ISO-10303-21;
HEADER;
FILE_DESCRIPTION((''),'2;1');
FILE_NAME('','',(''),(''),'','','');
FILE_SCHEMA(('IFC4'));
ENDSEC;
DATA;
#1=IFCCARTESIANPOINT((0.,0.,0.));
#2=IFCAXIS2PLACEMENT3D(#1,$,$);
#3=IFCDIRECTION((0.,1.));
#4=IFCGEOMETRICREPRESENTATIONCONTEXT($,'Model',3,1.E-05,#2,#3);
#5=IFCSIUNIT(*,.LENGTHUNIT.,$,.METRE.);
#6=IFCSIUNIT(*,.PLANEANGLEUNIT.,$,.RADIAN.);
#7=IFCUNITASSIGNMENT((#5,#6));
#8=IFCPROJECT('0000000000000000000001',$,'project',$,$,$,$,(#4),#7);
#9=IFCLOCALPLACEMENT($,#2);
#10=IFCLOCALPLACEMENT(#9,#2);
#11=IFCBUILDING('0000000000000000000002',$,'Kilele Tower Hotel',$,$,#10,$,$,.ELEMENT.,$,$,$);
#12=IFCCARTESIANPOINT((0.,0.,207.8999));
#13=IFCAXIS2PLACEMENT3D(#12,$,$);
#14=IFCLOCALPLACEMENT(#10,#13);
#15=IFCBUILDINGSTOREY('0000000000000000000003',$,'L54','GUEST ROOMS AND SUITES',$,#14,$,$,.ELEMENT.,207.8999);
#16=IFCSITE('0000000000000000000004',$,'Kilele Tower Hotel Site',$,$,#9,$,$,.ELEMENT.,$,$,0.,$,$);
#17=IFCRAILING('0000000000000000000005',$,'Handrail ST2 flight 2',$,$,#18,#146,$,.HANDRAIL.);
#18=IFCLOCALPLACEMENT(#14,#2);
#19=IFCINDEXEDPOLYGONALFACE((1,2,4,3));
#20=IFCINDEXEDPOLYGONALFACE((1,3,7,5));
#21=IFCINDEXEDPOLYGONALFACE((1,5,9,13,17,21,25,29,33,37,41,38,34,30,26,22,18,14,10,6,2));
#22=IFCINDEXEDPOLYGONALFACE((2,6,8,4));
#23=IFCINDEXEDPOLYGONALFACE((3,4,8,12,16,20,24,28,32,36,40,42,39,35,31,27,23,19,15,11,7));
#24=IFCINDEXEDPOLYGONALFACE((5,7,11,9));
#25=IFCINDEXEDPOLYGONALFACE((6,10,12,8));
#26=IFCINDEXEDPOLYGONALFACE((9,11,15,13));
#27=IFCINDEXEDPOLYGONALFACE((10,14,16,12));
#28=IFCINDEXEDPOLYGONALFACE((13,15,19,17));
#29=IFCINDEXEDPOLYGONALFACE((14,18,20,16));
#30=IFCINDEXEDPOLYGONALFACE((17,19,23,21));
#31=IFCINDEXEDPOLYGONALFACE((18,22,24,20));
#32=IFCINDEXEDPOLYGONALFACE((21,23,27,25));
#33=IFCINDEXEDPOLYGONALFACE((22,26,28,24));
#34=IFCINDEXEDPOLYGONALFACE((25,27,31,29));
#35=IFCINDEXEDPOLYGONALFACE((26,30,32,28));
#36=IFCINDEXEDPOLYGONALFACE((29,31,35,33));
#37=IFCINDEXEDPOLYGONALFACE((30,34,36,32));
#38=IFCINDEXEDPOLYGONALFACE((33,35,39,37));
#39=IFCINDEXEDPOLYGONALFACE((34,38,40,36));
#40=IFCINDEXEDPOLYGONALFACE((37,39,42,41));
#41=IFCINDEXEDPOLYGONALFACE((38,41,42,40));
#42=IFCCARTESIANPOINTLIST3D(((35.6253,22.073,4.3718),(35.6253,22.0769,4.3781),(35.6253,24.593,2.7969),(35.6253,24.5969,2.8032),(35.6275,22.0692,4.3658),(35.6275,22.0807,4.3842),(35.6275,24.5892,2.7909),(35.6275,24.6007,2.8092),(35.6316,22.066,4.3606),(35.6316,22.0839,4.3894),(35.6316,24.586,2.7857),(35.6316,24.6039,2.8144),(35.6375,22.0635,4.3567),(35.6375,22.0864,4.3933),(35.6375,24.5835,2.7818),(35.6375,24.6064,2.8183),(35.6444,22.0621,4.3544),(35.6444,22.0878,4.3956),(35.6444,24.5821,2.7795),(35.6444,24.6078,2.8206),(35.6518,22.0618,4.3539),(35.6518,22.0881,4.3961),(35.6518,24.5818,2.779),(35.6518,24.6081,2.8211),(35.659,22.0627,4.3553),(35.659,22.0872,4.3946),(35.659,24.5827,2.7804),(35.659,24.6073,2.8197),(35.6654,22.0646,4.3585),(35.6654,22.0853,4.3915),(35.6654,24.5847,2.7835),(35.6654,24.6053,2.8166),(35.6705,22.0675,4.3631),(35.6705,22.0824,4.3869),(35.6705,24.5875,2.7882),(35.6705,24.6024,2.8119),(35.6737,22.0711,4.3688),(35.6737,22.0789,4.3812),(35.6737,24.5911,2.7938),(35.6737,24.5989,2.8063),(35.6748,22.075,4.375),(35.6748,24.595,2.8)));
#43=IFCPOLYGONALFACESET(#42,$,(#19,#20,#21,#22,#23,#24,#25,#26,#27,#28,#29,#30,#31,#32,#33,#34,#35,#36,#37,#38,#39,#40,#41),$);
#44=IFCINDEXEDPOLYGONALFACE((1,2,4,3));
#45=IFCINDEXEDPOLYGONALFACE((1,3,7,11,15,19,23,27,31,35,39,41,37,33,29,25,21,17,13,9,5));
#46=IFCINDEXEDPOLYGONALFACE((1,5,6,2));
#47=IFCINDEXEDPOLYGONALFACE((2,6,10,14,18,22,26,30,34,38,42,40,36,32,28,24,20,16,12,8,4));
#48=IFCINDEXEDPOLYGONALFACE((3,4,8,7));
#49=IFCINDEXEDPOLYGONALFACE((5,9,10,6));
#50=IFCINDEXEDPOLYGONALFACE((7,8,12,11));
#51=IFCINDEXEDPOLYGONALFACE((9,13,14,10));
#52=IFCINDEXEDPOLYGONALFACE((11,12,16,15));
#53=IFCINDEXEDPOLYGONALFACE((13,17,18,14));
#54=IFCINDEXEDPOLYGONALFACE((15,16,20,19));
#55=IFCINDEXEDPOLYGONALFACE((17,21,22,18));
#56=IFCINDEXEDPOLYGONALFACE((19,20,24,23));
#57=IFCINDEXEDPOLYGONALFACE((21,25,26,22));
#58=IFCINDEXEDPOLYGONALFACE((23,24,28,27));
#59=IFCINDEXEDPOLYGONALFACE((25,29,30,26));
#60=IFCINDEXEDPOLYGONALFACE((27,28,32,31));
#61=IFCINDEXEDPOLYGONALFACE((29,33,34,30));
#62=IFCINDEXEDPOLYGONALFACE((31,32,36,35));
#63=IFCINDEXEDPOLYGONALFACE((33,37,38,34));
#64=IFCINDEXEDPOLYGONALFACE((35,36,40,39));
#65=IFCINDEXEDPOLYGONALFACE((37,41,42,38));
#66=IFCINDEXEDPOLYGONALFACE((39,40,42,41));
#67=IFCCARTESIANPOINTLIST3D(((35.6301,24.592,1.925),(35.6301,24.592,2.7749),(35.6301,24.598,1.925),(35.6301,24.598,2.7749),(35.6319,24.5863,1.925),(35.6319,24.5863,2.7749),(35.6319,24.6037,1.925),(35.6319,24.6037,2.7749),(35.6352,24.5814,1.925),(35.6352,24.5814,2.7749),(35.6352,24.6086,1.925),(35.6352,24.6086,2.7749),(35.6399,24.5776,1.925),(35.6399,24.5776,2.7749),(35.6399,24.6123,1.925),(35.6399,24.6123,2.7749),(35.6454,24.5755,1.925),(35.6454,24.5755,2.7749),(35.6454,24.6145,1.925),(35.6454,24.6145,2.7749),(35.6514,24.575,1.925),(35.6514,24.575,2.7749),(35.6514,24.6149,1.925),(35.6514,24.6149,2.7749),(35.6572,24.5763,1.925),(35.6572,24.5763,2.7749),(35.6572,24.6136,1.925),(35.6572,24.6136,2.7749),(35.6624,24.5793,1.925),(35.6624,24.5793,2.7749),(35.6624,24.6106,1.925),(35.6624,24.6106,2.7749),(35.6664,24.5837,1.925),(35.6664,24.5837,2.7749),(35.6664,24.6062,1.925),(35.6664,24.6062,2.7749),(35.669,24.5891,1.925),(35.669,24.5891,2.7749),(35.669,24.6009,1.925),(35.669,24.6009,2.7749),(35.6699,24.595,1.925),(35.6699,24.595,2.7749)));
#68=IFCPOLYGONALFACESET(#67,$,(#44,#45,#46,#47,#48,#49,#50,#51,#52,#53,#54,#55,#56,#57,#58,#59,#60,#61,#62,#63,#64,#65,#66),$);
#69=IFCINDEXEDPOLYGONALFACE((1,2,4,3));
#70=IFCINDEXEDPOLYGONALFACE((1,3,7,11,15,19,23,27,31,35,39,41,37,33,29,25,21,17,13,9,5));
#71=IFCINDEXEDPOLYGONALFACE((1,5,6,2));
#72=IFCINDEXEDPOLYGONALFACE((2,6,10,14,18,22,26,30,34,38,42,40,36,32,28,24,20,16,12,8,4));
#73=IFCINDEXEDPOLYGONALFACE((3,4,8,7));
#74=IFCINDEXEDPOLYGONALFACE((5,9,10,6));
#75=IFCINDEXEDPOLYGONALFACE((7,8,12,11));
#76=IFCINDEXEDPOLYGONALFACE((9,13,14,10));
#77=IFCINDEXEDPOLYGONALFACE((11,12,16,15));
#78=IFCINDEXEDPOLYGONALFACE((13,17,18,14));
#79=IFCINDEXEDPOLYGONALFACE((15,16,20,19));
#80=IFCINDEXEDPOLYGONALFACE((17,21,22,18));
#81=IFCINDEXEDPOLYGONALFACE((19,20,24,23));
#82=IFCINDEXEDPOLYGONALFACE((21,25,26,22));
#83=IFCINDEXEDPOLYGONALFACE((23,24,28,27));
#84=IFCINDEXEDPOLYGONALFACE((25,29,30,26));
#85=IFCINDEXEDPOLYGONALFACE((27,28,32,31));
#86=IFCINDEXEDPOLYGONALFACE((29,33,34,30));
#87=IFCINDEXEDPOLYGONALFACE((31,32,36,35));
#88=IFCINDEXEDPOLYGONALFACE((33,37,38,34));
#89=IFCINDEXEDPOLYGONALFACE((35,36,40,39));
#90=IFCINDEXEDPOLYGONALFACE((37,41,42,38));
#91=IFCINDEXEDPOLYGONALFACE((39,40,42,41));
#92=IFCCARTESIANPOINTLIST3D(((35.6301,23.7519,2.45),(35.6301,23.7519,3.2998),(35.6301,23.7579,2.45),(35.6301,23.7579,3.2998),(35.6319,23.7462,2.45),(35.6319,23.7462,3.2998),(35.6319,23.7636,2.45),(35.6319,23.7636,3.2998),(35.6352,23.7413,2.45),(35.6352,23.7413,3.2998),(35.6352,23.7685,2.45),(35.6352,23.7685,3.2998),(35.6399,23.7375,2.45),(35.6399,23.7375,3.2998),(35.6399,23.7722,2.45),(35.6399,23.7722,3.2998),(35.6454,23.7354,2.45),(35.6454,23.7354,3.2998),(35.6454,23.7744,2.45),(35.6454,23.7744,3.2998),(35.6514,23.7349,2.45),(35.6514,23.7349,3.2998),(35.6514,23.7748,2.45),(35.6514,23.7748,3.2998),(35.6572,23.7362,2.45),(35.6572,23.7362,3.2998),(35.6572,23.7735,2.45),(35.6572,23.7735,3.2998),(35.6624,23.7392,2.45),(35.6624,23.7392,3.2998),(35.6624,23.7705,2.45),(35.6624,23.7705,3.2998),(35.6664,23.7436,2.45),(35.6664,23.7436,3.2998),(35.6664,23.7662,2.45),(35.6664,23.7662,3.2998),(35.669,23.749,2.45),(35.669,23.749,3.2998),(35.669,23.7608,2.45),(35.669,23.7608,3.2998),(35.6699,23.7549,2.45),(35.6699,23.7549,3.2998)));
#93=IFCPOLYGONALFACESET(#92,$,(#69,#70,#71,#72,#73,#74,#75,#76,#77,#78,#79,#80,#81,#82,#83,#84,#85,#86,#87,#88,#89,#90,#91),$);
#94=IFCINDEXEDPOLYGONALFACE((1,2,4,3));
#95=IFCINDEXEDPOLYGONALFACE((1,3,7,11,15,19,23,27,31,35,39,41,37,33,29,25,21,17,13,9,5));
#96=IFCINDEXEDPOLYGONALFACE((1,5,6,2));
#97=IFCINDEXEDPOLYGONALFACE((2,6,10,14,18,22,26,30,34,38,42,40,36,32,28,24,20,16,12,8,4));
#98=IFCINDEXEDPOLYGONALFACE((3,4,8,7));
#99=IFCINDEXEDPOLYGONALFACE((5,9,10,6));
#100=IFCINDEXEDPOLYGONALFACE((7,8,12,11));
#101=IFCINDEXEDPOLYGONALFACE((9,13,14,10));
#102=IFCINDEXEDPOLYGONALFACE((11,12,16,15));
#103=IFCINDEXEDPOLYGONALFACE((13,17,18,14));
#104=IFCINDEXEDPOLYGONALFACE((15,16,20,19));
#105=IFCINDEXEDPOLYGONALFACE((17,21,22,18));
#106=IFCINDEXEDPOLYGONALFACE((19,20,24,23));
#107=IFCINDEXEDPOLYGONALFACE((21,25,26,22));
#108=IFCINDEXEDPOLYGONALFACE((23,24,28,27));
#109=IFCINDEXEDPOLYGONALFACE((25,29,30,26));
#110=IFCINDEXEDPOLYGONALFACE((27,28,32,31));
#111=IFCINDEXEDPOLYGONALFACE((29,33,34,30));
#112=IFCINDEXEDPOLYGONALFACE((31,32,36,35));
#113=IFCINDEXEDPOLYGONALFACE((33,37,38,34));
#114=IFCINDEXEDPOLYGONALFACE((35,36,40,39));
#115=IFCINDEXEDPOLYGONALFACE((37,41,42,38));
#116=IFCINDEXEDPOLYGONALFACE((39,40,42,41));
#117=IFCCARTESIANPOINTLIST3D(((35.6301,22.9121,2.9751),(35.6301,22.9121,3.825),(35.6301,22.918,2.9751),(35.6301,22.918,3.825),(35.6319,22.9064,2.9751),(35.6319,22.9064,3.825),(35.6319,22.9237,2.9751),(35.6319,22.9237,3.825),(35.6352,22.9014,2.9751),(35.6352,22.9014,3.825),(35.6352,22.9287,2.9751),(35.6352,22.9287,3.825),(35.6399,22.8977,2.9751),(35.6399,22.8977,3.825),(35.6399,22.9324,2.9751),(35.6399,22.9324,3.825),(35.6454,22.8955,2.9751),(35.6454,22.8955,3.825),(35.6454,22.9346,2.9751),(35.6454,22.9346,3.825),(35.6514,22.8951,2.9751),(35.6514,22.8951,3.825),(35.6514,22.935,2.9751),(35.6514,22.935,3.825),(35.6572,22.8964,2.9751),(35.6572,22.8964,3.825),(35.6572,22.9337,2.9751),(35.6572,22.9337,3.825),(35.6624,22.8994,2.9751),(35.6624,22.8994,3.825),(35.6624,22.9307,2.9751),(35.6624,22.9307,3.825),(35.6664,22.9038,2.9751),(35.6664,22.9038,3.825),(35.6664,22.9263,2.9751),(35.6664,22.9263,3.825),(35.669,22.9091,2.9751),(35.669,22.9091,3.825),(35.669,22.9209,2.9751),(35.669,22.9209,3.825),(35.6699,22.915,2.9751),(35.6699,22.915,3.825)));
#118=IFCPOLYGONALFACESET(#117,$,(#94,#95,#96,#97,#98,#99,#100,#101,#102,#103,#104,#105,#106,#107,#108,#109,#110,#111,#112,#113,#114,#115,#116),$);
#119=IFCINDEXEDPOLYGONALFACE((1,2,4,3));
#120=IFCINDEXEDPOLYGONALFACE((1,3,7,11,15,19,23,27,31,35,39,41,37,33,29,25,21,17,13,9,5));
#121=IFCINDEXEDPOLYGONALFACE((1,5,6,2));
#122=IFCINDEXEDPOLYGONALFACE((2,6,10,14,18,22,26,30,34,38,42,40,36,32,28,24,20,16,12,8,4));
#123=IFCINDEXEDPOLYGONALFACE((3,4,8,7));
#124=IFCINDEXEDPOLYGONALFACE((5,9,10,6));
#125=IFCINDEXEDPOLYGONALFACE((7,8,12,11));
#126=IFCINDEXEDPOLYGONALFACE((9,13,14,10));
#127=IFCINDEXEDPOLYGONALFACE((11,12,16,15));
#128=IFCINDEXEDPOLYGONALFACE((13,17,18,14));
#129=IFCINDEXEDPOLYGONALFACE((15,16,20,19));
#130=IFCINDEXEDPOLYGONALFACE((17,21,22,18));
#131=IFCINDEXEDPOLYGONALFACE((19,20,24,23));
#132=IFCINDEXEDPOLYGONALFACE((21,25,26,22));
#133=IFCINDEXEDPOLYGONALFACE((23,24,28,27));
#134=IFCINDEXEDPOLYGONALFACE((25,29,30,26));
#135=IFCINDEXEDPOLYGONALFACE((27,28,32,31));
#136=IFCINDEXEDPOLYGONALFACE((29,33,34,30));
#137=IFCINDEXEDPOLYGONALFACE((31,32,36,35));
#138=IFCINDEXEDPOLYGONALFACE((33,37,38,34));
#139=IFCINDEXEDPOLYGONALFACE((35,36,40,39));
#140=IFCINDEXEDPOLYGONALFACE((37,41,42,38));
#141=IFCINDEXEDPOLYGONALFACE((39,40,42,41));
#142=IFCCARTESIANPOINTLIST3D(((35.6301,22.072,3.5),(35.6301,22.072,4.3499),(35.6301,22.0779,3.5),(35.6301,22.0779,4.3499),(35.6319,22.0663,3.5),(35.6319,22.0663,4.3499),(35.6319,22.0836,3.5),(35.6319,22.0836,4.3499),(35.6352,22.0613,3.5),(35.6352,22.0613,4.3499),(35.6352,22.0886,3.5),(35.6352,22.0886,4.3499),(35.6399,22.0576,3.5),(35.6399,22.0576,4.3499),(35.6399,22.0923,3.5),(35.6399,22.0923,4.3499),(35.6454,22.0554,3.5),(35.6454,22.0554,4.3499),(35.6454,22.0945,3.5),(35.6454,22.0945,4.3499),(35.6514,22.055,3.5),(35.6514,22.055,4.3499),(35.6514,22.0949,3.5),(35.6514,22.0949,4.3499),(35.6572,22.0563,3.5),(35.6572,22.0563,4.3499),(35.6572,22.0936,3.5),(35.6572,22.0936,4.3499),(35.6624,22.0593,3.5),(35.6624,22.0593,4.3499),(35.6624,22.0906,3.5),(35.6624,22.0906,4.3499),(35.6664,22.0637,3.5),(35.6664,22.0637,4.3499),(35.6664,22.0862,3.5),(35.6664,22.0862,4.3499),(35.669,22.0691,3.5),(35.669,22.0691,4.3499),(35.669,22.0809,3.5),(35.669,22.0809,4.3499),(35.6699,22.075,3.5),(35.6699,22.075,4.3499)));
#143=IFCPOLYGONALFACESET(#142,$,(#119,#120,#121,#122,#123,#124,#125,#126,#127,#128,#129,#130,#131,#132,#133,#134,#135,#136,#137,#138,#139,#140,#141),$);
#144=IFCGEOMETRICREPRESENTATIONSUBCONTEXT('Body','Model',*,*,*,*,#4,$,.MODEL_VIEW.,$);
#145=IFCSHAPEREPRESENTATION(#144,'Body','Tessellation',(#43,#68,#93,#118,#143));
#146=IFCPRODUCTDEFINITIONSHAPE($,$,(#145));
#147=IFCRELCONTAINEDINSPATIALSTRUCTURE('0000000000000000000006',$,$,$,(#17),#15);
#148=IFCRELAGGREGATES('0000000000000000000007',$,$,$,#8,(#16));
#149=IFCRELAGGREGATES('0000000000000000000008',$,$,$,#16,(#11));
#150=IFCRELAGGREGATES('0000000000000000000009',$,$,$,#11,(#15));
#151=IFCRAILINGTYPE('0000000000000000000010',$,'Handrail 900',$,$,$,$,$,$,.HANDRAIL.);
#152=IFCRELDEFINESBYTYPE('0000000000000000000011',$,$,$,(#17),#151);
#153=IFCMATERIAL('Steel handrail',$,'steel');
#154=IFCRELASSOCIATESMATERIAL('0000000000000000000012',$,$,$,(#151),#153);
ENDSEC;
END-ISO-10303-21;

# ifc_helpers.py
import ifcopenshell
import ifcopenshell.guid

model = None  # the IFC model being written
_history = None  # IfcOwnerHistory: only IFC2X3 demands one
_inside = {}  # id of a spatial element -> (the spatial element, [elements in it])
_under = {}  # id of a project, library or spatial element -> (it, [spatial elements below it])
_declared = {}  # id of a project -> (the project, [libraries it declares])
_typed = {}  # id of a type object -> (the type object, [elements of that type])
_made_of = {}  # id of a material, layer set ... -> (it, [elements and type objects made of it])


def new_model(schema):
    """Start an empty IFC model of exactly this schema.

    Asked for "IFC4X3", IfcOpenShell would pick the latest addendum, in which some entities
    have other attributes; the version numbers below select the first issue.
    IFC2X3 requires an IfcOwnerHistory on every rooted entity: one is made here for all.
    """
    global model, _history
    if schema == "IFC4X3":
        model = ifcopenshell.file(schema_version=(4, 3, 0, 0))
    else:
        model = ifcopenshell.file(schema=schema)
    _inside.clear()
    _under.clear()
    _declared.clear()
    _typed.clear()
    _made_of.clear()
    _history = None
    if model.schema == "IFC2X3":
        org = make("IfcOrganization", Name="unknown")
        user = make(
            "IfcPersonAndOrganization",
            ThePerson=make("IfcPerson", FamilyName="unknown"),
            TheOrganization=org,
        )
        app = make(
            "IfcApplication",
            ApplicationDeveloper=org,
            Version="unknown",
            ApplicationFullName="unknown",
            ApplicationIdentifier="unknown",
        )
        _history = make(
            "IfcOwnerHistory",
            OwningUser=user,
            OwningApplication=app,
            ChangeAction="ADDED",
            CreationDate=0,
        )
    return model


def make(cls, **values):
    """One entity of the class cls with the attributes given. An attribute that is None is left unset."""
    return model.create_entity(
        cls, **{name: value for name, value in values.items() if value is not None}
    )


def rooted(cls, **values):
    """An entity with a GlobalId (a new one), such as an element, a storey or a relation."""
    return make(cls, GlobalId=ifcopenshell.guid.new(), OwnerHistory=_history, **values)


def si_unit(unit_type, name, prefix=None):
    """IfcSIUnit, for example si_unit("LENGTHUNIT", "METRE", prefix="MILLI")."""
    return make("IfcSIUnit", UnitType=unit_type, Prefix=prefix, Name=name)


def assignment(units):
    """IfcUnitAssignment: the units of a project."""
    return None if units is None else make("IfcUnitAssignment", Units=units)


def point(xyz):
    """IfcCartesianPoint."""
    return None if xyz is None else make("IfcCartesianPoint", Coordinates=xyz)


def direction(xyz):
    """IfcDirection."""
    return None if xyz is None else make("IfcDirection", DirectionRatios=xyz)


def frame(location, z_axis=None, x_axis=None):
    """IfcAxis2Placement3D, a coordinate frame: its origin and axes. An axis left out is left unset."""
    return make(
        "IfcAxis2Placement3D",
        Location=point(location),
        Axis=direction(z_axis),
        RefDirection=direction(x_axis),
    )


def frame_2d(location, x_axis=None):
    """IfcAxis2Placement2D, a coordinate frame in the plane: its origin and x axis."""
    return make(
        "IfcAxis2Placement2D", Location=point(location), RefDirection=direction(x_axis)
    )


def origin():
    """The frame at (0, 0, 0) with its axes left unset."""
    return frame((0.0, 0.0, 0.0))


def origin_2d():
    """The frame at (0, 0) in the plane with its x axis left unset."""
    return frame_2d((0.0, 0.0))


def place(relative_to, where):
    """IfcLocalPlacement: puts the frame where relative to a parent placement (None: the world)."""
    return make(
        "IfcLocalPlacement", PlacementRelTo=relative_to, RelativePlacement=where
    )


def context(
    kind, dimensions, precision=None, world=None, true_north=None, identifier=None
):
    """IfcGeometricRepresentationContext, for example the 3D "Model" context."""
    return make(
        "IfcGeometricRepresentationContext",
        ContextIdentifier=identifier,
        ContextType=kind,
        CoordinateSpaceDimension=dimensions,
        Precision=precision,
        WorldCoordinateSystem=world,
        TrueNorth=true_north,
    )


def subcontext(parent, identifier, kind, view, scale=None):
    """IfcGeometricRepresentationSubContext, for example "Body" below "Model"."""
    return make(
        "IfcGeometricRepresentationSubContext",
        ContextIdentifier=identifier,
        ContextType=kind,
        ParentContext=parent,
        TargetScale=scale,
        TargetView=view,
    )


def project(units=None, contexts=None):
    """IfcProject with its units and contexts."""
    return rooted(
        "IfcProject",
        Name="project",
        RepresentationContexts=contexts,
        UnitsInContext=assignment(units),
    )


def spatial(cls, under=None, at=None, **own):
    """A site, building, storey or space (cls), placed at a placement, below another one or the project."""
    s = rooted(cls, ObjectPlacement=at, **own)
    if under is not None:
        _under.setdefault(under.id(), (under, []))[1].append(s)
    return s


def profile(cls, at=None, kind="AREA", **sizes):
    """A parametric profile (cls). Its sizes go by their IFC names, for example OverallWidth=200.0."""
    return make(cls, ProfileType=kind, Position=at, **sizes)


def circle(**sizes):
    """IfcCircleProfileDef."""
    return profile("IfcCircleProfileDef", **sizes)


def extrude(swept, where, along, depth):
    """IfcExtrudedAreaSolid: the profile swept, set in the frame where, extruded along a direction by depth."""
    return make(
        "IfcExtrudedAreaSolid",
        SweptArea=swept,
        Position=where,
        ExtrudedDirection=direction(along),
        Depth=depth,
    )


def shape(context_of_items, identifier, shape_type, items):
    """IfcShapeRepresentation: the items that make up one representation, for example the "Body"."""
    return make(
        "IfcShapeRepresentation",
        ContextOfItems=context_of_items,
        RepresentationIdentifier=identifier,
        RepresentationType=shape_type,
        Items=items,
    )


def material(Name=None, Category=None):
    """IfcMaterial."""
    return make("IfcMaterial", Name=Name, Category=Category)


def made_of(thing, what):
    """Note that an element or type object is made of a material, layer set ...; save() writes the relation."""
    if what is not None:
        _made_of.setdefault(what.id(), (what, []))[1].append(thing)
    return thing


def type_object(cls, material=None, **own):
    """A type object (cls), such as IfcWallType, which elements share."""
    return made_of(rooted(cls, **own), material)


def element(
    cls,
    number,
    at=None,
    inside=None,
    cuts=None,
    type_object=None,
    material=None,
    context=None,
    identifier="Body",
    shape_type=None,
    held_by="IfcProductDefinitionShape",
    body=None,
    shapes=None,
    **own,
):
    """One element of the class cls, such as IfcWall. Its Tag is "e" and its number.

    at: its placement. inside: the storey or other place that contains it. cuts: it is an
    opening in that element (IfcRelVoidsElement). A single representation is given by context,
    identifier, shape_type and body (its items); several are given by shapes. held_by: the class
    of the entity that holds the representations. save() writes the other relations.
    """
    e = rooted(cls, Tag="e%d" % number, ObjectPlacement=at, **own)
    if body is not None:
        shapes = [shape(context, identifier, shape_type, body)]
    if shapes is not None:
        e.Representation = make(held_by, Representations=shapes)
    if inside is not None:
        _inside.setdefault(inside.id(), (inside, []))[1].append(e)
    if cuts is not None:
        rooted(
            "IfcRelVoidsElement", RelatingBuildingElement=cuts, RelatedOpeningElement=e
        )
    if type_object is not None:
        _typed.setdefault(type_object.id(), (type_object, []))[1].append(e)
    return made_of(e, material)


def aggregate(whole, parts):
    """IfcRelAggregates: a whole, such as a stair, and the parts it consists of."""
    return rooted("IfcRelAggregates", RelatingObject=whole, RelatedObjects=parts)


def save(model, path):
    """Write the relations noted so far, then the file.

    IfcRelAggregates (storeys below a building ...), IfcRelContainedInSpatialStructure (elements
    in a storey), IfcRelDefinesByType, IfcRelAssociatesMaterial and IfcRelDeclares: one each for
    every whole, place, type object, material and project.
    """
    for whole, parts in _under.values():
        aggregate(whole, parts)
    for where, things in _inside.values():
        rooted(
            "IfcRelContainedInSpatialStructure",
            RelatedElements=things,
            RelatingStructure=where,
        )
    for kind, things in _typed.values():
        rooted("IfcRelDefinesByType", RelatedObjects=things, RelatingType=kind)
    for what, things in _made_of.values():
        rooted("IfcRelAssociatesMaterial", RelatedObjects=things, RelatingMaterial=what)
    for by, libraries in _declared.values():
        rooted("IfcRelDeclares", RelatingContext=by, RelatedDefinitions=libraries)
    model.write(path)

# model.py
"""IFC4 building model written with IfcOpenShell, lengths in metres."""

from ifc_helpers import new_model, si_unit, direction, frame, origin, origin_2d, place, context, subcontext, project, spatial, circle, extrude, material, type_object, element, save


model = new_model("IFC4")

# Units and contexts
model_context = context("Model", 3, precision=1e-05, world=origin(), true_north=direction((0.0, 1.0)))
body_context = subcontext(model_context, "Body", "Model", "MODEL_VIEW")
ifc_project = project(units=[si_unit("LENGTHUNIT", "METRE"), si_unit("PLANEANGLEUNIT", "RADIAN")], contexts=[model_context])

# Site, building, storey
site_placement = place(None, origin())
site = spatial("IfcSite", under=ifc_project, at=site_placement, Name="Kilele Tower Hotel Site", CompositionType="ELEMENT", RefElevation=0.0)
building_placement = place(site_placement, origin())
building = spatial("IfcBuilding", under=site, at=building_placement, Name="Kilele Tower Hotel", CompositionType="ELEMENT")
storey_placement = place(building_placement, frame((0.0, 0.0, 207.8999)))
storey = spatial("IfcBuildingStorey", under=building, at=storey_placement, Name="L54", Description="GUEST ROOMS AND SUITES", CompositionType="ELEMENT", Elevation=207.8999)

# Railing
ifc_material_1 = material(Name="Steel handrail", Category="steel")
railing_type_1 = type_object("IfcRailingType", Name="Handrail 900", PredefinedType="HANDRAIL", material=ifc_material_1)
for number, where, name in (
    (1, (35.6499, 24.595, 1.925), "Handrail ST2 flight 2"),
):
    element("IfcRailing", number, at=place(storey_placement, frame(where)), inside=storey, type_object=railing_type_1, Name=name, PredefinedType="HANDRAIL", context=body_context, shape_type="SweptSolid", body=[
        extrude(circle(Radius=0.0249, at=origin_2d()), frame((0.0, 0.0, 0.875), z_axis=(0.0, -0.848008, 0.529984), x_axis=(1.0, 0.0, 0.0)), (0.0, 0.0, 1.0), 2.9717),
        extrude(circle(Radius=0.02, at=origin_2d()), origin(), (0.0, 0.0, 1.0), 0.8499),
        extrude(circle(Radius=0.02, at=origin_2d()), frame((0.0, -0.8401, 0.5249)), (0.0, 0.0, 1.0), 0.8499),
        extrude(circle(Radius=0.02, at=origin_2d()), frame((0.0, -1.6799, 1.05)), (0.0, 0.0, 1.0), 0.8499),
        extrude(circle(Radius=0.02, at=origin_2d()), frame((0.0, -2.52, 1.575)), (0.0, 0.0, 1.0), 0.8499),
    ])

save(model, "model.ifc")
